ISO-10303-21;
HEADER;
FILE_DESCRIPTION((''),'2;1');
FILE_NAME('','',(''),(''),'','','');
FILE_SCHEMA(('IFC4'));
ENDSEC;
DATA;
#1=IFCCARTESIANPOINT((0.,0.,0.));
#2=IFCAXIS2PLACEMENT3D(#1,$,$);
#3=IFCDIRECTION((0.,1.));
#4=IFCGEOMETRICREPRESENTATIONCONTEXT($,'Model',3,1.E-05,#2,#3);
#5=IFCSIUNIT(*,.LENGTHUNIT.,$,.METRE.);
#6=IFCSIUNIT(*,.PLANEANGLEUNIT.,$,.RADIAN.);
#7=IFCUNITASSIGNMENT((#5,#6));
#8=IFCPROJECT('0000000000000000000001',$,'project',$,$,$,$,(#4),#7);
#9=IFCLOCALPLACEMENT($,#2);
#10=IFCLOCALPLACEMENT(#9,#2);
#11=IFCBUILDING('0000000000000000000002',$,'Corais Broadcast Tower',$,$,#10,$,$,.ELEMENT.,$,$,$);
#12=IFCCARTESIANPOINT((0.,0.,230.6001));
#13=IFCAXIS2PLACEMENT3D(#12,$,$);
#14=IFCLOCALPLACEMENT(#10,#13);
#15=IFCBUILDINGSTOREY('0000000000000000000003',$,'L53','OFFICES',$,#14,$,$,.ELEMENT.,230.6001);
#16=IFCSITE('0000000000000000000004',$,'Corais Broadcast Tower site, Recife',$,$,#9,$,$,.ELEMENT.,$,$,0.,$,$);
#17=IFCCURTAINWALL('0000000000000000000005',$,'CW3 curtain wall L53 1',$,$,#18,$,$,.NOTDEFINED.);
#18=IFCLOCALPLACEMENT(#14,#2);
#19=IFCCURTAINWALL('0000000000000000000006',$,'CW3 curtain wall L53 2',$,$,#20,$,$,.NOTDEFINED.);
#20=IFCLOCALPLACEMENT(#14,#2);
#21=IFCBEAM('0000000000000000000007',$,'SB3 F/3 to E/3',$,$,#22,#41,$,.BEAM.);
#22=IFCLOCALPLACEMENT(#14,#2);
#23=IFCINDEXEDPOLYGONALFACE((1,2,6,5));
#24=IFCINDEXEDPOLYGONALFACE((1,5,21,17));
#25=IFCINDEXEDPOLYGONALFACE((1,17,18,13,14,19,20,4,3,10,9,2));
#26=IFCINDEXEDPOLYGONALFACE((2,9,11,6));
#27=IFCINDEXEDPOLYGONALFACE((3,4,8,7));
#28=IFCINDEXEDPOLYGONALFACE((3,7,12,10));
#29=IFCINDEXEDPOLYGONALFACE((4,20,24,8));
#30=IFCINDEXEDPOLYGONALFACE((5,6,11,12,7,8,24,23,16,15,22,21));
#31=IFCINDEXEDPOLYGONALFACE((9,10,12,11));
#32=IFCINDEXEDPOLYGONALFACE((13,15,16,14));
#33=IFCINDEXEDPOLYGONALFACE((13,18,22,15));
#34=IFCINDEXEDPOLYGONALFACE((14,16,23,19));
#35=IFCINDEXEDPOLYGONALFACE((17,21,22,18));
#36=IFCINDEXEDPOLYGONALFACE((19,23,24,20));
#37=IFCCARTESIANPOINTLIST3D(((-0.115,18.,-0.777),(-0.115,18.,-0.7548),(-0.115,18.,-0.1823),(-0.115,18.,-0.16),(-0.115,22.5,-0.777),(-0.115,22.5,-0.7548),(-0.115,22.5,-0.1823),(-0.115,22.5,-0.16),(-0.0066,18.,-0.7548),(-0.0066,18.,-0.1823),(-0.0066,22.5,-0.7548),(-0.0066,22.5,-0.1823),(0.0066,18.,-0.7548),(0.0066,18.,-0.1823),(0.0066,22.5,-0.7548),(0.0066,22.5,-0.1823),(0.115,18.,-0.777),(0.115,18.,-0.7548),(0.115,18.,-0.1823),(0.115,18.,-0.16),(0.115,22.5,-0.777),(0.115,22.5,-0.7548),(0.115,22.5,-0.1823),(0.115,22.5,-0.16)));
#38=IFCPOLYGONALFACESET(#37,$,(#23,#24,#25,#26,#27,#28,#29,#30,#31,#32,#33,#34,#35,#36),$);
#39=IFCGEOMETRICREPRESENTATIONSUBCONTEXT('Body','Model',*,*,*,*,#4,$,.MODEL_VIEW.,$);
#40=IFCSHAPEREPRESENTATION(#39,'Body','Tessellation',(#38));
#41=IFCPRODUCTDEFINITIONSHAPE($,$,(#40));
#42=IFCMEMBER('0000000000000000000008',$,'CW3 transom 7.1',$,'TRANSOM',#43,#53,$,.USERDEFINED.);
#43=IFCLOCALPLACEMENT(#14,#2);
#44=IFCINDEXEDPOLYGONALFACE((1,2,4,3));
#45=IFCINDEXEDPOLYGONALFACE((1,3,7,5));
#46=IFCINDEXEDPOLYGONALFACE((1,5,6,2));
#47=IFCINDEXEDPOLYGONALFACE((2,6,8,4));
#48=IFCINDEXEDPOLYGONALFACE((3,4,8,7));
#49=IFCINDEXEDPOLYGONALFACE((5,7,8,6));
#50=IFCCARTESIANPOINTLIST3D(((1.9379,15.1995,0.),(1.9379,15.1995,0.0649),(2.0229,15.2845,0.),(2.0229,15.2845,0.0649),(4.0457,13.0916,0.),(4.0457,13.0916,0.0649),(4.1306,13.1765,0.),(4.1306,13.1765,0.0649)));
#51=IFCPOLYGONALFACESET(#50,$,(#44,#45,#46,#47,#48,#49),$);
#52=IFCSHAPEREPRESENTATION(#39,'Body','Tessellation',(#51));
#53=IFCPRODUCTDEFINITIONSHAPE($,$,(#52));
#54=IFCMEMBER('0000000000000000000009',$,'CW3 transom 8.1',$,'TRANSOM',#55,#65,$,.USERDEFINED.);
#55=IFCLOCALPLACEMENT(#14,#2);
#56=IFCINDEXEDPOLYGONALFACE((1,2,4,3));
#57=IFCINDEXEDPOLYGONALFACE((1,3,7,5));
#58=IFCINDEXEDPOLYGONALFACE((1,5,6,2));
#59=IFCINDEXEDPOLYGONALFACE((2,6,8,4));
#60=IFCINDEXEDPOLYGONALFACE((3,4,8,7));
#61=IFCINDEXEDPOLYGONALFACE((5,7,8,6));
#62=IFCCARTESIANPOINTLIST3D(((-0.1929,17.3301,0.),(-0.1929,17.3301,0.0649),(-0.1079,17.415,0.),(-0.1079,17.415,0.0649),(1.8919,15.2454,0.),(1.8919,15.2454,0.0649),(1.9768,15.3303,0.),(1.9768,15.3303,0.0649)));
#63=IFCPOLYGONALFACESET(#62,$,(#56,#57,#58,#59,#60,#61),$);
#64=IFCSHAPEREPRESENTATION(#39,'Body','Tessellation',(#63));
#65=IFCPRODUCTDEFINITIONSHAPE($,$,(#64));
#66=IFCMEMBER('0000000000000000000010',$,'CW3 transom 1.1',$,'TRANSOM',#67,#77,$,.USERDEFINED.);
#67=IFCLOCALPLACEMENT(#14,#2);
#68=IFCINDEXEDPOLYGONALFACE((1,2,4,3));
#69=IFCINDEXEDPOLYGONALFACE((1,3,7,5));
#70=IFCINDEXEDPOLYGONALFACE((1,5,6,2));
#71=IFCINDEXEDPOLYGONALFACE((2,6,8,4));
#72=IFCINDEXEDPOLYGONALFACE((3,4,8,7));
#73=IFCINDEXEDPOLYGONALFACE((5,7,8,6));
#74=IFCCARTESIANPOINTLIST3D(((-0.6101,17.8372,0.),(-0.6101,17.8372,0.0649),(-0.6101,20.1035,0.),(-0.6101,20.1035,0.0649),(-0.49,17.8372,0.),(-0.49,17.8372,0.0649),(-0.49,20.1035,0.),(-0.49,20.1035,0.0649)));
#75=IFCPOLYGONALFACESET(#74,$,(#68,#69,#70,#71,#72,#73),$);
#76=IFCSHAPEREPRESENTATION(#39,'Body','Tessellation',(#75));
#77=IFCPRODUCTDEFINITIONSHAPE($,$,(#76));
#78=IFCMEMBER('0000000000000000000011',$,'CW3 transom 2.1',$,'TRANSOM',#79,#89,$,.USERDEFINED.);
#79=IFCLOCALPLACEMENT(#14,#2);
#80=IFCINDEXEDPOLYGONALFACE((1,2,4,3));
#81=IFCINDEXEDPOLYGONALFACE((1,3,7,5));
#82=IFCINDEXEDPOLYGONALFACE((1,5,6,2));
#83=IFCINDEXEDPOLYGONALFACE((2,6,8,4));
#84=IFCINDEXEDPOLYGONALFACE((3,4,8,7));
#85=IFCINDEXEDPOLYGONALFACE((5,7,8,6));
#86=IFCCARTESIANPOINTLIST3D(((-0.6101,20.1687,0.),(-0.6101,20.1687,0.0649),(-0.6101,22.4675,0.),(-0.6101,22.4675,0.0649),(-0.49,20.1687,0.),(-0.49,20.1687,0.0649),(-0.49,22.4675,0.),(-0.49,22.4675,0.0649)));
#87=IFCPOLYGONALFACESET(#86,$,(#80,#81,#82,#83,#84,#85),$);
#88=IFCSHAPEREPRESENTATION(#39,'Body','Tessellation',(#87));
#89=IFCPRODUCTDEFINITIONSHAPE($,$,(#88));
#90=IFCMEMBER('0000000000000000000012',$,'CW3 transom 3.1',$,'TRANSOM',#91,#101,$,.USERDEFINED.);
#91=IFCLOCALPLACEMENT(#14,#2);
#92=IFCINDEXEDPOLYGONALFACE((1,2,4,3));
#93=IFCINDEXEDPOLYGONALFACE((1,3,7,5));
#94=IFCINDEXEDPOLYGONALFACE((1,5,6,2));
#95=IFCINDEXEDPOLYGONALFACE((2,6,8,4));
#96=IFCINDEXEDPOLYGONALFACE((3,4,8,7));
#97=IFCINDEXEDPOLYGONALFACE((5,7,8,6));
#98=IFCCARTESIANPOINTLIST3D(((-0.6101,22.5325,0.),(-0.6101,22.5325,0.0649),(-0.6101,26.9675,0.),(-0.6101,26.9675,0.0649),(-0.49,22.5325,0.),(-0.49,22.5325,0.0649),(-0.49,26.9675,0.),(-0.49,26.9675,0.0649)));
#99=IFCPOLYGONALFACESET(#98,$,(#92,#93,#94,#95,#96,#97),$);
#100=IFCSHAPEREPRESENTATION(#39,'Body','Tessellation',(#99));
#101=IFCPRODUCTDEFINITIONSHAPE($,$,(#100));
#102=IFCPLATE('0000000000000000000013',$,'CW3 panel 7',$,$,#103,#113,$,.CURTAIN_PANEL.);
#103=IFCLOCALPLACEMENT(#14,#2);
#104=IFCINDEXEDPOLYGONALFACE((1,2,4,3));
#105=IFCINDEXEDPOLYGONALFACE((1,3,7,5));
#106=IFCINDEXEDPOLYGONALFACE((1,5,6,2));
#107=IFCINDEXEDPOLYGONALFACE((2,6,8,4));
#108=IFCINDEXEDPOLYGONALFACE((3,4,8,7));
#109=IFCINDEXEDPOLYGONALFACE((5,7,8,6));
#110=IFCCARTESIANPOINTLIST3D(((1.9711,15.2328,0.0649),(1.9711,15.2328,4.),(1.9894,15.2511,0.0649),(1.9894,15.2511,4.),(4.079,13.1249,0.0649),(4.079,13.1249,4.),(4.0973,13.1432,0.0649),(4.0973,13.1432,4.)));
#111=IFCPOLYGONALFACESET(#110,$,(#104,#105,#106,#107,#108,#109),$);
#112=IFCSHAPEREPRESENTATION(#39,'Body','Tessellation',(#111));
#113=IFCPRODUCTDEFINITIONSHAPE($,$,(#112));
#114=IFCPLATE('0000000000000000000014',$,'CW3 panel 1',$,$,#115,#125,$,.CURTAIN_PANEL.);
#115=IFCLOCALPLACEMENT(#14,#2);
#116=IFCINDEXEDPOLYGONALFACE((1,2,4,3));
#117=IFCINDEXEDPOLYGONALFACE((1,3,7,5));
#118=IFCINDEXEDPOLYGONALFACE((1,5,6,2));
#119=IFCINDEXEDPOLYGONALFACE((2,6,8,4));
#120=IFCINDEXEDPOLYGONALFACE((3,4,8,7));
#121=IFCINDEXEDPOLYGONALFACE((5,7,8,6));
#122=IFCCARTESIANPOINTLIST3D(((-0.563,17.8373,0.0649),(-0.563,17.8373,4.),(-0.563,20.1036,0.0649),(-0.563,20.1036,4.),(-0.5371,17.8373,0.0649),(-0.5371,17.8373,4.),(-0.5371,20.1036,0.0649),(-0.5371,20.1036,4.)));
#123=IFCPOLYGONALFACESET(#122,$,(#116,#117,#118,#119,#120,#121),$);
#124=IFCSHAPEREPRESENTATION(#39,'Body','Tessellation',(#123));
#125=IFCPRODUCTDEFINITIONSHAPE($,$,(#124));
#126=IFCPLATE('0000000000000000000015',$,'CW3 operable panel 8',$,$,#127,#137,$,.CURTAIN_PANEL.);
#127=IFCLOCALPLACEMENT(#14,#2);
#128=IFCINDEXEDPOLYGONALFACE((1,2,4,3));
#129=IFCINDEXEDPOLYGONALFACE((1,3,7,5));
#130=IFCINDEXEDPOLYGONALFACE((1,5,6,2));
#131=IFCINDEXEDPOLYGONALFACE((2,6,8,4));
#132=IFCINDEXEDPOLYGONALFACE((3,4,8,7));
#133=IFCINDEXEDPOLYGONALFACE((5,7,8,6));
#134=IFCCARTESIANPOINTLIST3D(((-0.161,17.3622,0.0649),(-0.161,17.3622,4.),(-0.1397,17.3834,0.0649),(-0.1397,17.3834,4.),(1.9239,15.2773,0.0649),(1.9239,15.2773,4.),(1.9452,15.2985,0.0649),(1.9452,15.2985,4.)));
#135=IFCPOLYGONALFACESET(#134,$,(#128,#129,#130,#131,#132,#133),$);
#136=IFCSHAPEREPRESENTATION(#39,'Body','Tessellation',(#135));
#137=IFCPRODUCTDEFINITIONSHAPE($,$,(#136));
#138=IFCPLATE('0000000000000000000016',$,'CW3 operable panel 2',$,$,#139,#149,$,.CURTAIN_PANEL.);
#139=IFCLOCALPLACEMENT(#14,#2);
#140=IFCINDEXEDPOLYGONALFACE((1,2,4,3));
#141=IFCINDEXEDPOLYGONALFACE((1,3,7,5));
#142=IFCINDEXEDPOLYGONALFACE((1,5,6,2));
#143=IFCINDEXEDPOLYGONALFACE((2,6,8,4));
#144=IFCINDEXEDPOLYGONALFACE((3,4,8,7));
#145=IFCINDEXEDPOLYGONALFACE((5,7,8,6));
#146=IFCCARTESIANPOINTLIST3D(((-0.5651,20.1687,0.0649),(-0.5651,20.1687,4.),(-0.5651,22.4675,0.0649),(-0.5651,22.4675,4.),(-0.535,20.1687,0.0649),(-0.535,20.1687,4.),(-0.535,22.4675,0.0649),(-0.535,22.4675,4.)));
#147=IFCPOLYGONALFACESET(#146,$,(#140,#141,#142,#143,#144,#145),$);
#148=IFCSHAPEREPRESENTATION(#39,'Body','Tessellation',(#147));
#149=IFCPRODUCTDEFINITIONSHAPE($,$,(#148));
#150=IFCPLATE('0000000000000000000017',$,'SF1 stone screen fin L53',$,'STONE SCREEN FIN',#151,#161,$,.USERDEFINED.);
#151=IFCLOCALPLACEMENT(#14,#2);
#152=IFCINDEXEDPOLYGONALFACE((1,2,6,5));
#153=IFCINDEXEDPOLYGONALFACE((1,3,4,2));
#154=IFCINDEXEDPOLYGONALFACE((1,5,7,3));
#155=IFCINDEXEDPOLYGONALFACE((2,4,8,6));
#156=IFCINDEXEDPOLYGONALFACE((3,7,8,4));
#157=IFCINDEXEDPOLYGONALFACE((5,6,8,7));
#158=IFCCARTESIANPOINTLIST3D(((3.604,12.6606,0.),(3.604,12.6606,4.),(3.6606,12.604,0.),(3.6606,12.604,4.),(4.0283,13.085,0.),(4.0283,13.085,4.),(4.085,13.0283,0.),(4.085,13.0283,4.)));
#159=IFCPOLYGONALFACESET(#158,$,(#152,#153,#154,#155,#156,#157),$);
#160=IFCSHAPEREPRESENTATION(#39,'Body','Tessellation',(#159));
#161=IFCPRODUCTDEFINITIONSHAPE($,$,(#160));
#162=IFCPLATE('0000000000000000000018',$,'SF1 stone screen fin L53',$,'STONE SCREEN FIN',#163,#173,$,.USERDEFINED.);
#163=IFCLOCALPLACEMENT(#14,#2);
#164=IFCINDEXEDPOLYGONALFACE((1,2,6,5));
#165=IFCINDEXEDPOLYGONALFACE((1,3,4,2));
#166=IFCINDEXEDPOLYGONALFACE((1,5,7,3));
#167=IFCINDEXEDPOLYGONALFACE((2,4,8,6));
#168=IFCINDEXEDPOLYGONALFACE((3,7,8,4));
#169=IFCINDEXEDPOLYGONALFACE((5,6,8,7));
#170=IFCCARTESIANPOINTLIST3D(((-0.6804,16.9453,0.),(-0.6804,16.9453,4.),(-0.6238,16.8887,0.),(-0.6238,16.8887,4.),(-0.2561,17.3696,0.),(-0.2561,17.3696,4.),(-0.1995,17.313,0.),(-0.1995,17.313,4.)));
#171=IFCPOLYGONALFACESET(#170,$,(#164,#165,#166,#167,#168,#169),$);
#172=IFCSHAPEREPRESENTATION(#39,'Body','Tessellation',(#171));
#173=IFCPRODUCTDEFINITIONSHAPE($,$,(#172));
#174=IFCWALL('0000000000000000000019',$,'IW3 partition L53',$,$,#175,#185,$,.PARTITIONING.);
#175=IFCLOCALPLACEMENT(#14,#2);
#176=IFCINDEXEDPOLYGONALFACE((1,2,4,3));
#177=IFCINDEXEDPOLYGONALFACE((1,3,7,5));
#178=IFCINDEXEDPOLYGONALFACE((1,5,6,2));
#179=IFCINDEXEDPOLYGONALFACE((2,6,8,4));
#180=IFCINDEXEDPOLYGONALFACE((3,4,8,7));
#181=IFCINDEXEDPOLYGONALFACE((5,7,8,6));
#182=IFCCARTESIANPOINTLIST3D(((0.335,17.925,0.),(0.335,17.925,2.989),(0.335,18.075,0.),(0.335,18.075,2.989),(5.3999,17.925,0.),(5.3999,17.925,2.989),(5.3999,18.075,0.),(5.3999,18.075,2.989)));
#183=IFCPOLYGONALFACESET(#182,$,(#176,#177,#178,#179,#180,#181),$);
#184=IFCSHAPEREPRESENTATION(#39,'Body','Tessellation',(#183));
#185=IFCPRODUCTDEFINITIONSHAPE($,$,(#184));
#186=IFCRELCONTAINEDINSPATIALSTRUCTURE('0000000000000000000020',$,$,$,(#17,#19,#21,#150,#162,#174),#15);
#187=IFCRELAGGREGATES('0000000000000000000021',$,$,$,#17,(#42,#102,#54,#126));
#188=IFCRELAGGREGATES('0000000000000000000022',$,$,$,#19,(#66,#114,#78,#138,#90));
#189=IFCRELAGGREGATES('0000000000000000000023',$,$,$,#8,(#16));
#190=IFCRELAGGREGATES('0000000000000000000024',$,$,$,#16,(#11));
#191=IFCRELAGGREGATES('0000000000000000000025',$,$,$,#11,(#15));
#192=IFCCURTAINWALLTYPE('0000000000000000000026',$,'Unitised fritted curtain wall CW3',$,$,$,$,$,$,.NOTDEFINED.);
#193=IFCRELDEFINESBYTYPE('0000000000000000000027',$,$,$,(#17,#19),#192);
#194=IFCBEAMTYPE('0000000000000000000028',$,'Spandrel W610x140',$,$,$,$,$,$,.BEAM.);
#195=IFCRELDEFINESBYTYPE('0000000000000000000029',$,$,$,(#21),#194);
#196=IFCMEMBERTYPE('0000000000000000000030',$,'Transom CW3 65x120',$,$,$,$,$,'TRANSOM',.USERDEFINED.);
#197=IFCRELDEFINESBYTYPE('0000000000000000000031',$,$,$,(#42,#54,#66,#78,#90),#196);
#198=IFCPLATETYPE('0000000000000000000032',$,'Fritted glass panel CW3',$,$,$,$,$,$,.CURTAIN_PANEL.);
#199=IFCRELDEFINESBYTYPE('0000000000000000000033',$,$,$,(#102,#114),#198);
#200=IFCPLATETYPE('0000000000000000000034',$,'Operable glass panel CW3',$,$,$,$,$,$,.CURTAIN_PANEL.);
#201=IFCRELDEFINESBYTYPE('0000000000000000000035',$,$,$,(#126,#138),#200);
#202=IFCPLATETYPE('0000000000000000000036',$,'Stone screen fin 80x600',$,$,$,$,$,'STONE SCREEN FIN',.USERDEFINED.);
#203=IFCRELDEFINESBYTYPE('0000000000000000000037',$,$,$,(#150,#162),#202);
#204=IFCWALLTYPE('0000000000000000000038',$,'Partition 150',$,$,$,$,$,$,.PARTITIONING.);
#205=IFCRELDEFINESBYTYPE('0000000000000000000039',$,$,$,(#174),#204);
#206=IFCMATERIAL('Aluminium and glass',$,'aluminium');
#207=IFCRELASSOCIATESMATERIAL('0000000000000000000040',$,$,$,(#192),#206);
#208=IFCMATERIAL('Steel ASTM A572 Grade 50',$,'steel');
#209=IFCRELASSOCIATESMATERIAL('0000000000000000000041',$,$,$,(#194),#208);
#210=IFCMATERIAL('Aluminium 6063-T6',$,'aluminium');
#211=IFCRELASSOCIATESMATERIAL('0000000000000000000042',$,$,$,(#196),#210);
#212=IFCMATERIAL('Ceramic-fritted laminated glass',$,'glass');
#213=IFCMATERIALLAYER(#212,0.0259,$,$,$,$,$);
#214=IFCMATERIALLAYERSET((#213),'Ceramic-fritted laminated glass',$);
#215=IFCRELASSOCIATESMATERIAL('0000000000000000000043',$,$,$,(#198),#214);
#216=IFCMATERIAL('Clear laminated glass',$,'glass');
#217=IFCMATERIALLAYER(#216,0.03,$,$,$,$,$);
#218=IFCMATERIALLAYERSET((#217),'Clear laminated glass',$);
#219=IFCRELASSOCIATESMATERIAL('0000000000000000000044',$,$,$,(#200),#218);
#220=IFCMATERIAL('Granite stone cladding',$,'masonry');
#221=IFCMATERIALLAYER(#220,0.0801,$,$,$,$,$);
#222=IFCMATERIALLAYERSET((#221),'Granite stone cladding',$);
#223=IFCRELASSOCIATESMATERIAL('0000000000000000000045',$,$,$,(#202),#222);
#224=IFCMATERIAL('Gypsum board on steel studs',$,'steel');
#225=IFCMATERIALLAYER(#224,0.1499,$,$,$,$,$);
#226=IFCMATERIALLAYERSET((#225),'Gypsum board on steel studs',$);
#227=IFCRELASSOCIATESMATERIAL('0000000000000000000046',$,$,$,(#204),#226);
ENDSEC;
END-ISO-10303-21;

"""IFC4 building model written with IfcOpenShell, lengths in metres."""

from ifc_helpers import new_model, si_unit, direction, frame, frame_2d, origin, origin_2d, place, context, subcontext, project, spatial, rectangle, i_section, extrude, material, layer, layer_set, material_profile, profile_set, type_object, element, aggregate, save


model = new_model("IFC4")

# Units and contexts
model_context = context("Model", 3, precision=1e-05, world=origin(), true_north=direction((0.0, 1.0)))
body_context = subcontext(model_context, "Body", "Model", "MODEL_VIEW")
ifc_project = project(units=[si_unit("LENGTHUNIT", "METRE"), si_unit("PLANEANGLEUNIT", "RADIAN")], contexts=[model_context])

# Site, building, storey
site_placement = place(None, origin())
site = spatial("IfcSite", under=ifc_project, at=site_placement, Name="Corais Broadcast Tower site, Recife", CompositionType="ELEMENT", RefElevation=0.0)
building_placement = place(site_placement, origin())
building = spatial("IfcBuilding", under=site, at=building_placement, Name="Corais Broadcast Tower", CompositionType="ELEMENT")
storey_placement = place(building_placement, frame((0.0, 0.0, 230.6001)))
storey = spatial("IfcBuildingStorey", under=building, at=storey_placement, Name="L53", Description="OFFICES", CompositionType="ELEMENT", Elevation=230.6001)

# Curtain walls
ifc_material_1 = material(Name="Aluminium and glass", Category="aluminium")
curtain_wall_type = type_object("IfcCurtainWallType", Name="Unitised fritted curtain wall CW3", PredefinedType="NOTDEFINED", material=ifc_material_1)
curtain_wall_1_placement = place(storey_placement, origin())
curtain_wall_1 = element("IfcCurtainWall", 1, at=curtain_wall_1_placement, inside=storey, type_object=curtain_wall_type, Name="CW3 curtain wall L53 1", PredefinedType="NOTDEFINED")
curtain_wall_2_placement = place(storey_placement, origin())
curtain_wall_2 = element("IfcCurtainWall", 2, at=curtain_wall_2_placement, inside=storey, type_object=curtain_wall_type, Name="CW3 curtain wall L53 2", PredefinedType="NOTDEFINED")

# Beam
ifc_material_2 = material(Name="Steel ASTM A572 Grade 50", Category="steel")
ifc_material_profile_1 = material_profile(ifc_material_2, i_section(OverallWidth=0.23, OverallDepth=0.6169, WebThickness=0.0132, FlangeThickness=0.0222, at=origin_2d()), Name="W610x140")
ifc_profile_set_1 = profile_set([ifc_material_profile_1], Name="Steel ASTM A572 Grade 50")
beam_type_1 = type_object("IfcBeamType", Name="Spandrel W610x140", PredefinedType="BEAM", material=ifc_profile_set_1)
beam_1_placement = place(storey_placement, frame((0.0, 22.5, -0.4685), z_axis=(0.0, -1.0, 0.0), x_axis=(1.0, 0.0, 0.0)))
element("IfcBeam", 3, at=beam_1_placement, inside=storey, type_object=beam_type_1, Name="SB3 F/3 to E/3", PredefinedType="BEAM", context=body_context, shape_type="SweptSolid", body=[
    extrude(i_section(OverallWidth=0.23, OverallDepth=0.6169, WebThickness=0.0132, FlangeThickness=0.0222, at=origin_2d()), origin(), (0.0, 0.0, 1.0), 4.5),
])

# Members
ifc_material_3 = material(Name="Aluminium 6063-T6", Category="aluminium")
ifc_material_profile_2 = material_profile(ifc_material_3, rectangle(XDim=0.1201, YDim=0.0649, at=origin_2d()), Name="Transom CW3 65x120")
ifc_profile_set_2 = profile_set([ifc_material_profile_2], Name="Aluminium 6063-T6")
member_type_1 = type_object("IfcMemberType", Name="Transom CW3 65x120", ElementType="TRANSOM", PredefinedType="USERDEFINED", material=ifc_profile_set_2)
member_1_placement = place(storey_placement, frame((4.0881, 13.134, 0.0325), z_axis=(-0.707066, 0.707148, 0.0), x_axis=(-0.707148, -0.707066, 0.0)))
member_1 = element("IfcMember", 4, at=member_1_placement, type_object=member_type_1, Name="CW3 transom 7.1", ObjectType="TRANSOM", PredefinedType="USERDEFINED", context=body_context, shape_type="SweptSolid", body=[
    extrude(rectangle(XDim=0.1201, YDim=0.0649, at=origin_2d()), origin(), (0.0, 0.0, 1.0), 2.981),
])
member_2_placement = place(storey_placement, frame((1.9343, 15.2878, 0.0325), z_axis=(-0.707107, 0.707107, 0.0), x_axis=(-0.707107, -0.707107, 0.0)))
member_2 = element("IfcMember", 5, at=member_2_placement, type_object=member_type_1, Name="CW3 transom 8.1", ObjectType="TRANSOM", PredefinedType="USERDEFINED", context=body_context, shape_type="SweptSolid", body=[
    extrude(rectangle(XDim=0.1201, YDim=0.0649, at=origin_2d()), origin(), (0.0, 0.0, 1.0), 2.9482),
])
member_3_placement = place(storey_placement, frame((-0.55, 17.8372, 0.0325), z_axis=(0.0, 1.0, 0.0), x_axis=(-1.0, 0.0, 0.0)))
member_3 = element("IfcMember", 6, at=member_3_placement, type_object=member_type_1, Name="CW3 transom 1.1", ObjectType="TRANSOM", PredefinedType="USERDEFINED", context=body_context, shape_type="SweptSolid", body=[
    extrude(rectangle(XDim=0.1201, YDim=0.0649, at=origin_2d()), origin(), (0.0, 0.0, 1.0), 2.2664),
])
member_4_placement = place(storey_placement, frame((-0.55, 20.1687, 0.0325), z_axis=(0.0, 1.0, 0.0), x_axis=(-1.0, 0.0, 0.0)))
member_4 = element("IfcMember", 7, at=member_4_placement, type_object=member_type_1, Name="CW3 transom 2.1", ObjectType="TRANSOM", PredefinedType="USERDEFINED", context=body_context, shape_type="SweptSolid", body=[
    extrude(rectangle(XDim=0.1201, YDim=0.0649, at=origin_2d()), origin(), (0.0, 0.0, 1.0), 2.2988),
])
member_5_placement = place(storey_placement, frame((-0.55, 22.5325, 0.0325), z_axis=(0.0, 1.0, 0.0), x_axis=(-1.0, 0.0, 0.0)))
member_5 = element("IfcMember", 8, at=member_5_placement, type_object=member_type_1, Name="CW3 transom 3.1", ObjectType="TRANSOM", PredefinedType="USERDEFINED", context=body_context, shape_type="SweptSolid", body=[
    extrude(rectangle(XDim=0.1201, YDim=0.0649, at=origin_2d()), origin(), (0.0, 0.0, 1.0), 4.4351),
])

# Plates
ifc_material_4 = material(Name="Ceramic-fritted laminated glass", Category="glass")
ifc_layer_1 = layer(ifc_material_4, 0.0259)
ifc_layer_set_1 = layer_set([ifc_layer_1], Name="Ceramic-fritted laminated glass")
plate_type_1 = type_object("IfcPlateType", Name="Fritted glass panel CW3", PredefinedType="CURTAIN_PANEL", material=ifc_layer_set_1)
plate_1_placement = place(storey_placement, frame((3.0342, 14.188, 0.0649), z_axis=(0.0, 0.0, 1.0), x_axis=(-0.707107, 0.707107, 0.0)))
plate_1 = element("IfcPlate", 9, at=plate_1_placement, type_object=plate_type_1, Name="CW3 panel 7", PredefinedType="CURTAIN_PANEL", context=body_context, shape_type="SweptSolid", body=[
    extrude(rectangle(XDim=2.981, YDim=0.0259, at=origin_2d()), origin(), (0.0, 0.0, 1.0), 3.9351),
])
plate_2_placement = place(storey_placement, frame((-0.55, 18.9705, 0.0649), z_axis=(0.0, 0.0, 1.0), x_axis=(0.0, 1.0, 0.0)))
plate_2 = element("IfcPlate", 10, at=plate_2_placement, type_object=plate_type_1, Name="CW3 panel 1", PredefinedType="CURTAIN_PANEL", context=body_context, shape_type="SweptSolid", body=[
    extrude(rectangle(XDim=2.2664, YDim=0.0259, at=origin_2d()), origin(), (0.0, 0.0, 1.0), 3.9351),
])
ifc_material_5 = material(Name="Clear laminated glass", Category="glass")
ifc_layer_2 = layer(ifc_material_5, 0.03)
ifc_layer_set_2 = layer_set([ifc_layer_2], Name="Clear laminated glass")
plate_type_2 = type_object("IfcPlateType", Name="Operable glass panel CW3", PredefinedType="CURTAIN_PANEL", material=ifc_layer_set_2)
plate_3_placement = place(storey_placement, frame((0.8921, 16.3303, 0.0649), z_axis=(0.0, 0.0, 1.0), x_axis=(-0.707107, 0.707107, 0.0)))
plate_3 = element("IfcPlate", 11, at=plate_3_placement, type_object=plate_type_2, Name="CW3 operable panel 8", PredefinedType="CURTAIN_PANEL", context=body_context, shape_type="SweptSolid", body=[
    extrude(rectangle(XDim=2.9485, YDim=0.03, at=origin_2d()), origin(), (0.0, 0.0, 1.0), 3.9351),
])
aggregate(curtain_wall_1, [member_1, plate_1, member_2, plate_3])
plate_4_placement = place(storey_placement, frame((-0.55, 21.3181, 0.0649), z_axis=(0.0, 0.0, 1.0), x_axis=(0.0, 1.0, 0.0)))
plate_4 = element("IfcPlate", 12, at=plate_4_placement, type_object=plate_type_2, Name="CW3 operable panel 2", PredefinedType="CURTAIN_PANEL", context=body_context, shape_type="SweptSolid", body=[
    extrude(rectangle(XDim=2.2988, YDim=0.03, at=origin_2d()), origin(), (0.0, 0.0, 1.0), 3.9351),
])
aggregate(curtain_wall_2, [member_3, plate_2, member_4, plate_4, member_5])

# Plates
ifc_material_6 = material(Name="Granite stone cladding", Category="masonry")
ifc_layer_3 = layer(ifc_material_6, 0.0801)
ifc_layer_set_3 = layer_set([ifc_layer_3], Name="Granite stone cladding")
plate_type_3 = type_object("IfcPlateType", Name="Stone screen fin 80x600", ElementType="STONE SCREEN FIN", PredefinedType="USERDEFINED", material=ifc_layer_set_3)
for number, where, z_axis, x_axis, name in (
    (13, (3.8445, 12.8445, 0.0), (0.0, 0.0, 1.0), (-0.707107, 0.707107, 0.0), "SF1 stone screen fin L53"),
    (14, (-0.4399, 17.1292, 0.0), (0.0, 0.0, 1.0), (-0.707107, 0.707107, 0.0), "SF1 stone screen fin L53"),
):
    element("IfcPlate", number, at=place(storey_placement, frame(where, z_axis=z_axis, x_axis=x_axis)), inside=storey, type_object=plate_type_3, Name=name, ObjectType="STONE SCREEN FIN", PredefinedType="USERDEFINED", context=body_context, shape_type="SweptSolid", body=[
        extrude(rectangle(XDim=0.0801, YDim=0.6001, at=origin_2d()), origin(), (0.0, 0.0, 1.0), 4.0),
    ])

# Wall
ifc_material_7 = material(Name="Gypsum board on steel studs", Category="steel")
ifc_layer_4 = layer(ifc_material_7, 0.1499)
ifc_layer_set_4 = layer_set([ifc_layer_4], Name="Gypsum board on steel studs")
wall_type = type_object("IfcWallType", Name="Partition 150", PredefinedType="PARTITIONING", material=ifc_layer_set_4)
wall_placement = place(storey_placement, frame((0.335, 18.0, 0.0), z_axis=(0.0, 0.0, 1.0), x_axis=(1.0, 0.0, 0.0)))
element("IfcWall", 15, at=wall_placement, inside=storey, type_object=wall_type, Name="IW3 partition L53", PredefinedType="PARTITIONING", context=body_context, shape_type="SweptSolid", body=[
    extrude(rectangle(XDim=5.0649, YDim=0.1499, at=frame_2d((2.5325, 0.0))), origin(), (0.0, 0.0, 1.0), 2.989),
])

save(model, "model.ifc")
